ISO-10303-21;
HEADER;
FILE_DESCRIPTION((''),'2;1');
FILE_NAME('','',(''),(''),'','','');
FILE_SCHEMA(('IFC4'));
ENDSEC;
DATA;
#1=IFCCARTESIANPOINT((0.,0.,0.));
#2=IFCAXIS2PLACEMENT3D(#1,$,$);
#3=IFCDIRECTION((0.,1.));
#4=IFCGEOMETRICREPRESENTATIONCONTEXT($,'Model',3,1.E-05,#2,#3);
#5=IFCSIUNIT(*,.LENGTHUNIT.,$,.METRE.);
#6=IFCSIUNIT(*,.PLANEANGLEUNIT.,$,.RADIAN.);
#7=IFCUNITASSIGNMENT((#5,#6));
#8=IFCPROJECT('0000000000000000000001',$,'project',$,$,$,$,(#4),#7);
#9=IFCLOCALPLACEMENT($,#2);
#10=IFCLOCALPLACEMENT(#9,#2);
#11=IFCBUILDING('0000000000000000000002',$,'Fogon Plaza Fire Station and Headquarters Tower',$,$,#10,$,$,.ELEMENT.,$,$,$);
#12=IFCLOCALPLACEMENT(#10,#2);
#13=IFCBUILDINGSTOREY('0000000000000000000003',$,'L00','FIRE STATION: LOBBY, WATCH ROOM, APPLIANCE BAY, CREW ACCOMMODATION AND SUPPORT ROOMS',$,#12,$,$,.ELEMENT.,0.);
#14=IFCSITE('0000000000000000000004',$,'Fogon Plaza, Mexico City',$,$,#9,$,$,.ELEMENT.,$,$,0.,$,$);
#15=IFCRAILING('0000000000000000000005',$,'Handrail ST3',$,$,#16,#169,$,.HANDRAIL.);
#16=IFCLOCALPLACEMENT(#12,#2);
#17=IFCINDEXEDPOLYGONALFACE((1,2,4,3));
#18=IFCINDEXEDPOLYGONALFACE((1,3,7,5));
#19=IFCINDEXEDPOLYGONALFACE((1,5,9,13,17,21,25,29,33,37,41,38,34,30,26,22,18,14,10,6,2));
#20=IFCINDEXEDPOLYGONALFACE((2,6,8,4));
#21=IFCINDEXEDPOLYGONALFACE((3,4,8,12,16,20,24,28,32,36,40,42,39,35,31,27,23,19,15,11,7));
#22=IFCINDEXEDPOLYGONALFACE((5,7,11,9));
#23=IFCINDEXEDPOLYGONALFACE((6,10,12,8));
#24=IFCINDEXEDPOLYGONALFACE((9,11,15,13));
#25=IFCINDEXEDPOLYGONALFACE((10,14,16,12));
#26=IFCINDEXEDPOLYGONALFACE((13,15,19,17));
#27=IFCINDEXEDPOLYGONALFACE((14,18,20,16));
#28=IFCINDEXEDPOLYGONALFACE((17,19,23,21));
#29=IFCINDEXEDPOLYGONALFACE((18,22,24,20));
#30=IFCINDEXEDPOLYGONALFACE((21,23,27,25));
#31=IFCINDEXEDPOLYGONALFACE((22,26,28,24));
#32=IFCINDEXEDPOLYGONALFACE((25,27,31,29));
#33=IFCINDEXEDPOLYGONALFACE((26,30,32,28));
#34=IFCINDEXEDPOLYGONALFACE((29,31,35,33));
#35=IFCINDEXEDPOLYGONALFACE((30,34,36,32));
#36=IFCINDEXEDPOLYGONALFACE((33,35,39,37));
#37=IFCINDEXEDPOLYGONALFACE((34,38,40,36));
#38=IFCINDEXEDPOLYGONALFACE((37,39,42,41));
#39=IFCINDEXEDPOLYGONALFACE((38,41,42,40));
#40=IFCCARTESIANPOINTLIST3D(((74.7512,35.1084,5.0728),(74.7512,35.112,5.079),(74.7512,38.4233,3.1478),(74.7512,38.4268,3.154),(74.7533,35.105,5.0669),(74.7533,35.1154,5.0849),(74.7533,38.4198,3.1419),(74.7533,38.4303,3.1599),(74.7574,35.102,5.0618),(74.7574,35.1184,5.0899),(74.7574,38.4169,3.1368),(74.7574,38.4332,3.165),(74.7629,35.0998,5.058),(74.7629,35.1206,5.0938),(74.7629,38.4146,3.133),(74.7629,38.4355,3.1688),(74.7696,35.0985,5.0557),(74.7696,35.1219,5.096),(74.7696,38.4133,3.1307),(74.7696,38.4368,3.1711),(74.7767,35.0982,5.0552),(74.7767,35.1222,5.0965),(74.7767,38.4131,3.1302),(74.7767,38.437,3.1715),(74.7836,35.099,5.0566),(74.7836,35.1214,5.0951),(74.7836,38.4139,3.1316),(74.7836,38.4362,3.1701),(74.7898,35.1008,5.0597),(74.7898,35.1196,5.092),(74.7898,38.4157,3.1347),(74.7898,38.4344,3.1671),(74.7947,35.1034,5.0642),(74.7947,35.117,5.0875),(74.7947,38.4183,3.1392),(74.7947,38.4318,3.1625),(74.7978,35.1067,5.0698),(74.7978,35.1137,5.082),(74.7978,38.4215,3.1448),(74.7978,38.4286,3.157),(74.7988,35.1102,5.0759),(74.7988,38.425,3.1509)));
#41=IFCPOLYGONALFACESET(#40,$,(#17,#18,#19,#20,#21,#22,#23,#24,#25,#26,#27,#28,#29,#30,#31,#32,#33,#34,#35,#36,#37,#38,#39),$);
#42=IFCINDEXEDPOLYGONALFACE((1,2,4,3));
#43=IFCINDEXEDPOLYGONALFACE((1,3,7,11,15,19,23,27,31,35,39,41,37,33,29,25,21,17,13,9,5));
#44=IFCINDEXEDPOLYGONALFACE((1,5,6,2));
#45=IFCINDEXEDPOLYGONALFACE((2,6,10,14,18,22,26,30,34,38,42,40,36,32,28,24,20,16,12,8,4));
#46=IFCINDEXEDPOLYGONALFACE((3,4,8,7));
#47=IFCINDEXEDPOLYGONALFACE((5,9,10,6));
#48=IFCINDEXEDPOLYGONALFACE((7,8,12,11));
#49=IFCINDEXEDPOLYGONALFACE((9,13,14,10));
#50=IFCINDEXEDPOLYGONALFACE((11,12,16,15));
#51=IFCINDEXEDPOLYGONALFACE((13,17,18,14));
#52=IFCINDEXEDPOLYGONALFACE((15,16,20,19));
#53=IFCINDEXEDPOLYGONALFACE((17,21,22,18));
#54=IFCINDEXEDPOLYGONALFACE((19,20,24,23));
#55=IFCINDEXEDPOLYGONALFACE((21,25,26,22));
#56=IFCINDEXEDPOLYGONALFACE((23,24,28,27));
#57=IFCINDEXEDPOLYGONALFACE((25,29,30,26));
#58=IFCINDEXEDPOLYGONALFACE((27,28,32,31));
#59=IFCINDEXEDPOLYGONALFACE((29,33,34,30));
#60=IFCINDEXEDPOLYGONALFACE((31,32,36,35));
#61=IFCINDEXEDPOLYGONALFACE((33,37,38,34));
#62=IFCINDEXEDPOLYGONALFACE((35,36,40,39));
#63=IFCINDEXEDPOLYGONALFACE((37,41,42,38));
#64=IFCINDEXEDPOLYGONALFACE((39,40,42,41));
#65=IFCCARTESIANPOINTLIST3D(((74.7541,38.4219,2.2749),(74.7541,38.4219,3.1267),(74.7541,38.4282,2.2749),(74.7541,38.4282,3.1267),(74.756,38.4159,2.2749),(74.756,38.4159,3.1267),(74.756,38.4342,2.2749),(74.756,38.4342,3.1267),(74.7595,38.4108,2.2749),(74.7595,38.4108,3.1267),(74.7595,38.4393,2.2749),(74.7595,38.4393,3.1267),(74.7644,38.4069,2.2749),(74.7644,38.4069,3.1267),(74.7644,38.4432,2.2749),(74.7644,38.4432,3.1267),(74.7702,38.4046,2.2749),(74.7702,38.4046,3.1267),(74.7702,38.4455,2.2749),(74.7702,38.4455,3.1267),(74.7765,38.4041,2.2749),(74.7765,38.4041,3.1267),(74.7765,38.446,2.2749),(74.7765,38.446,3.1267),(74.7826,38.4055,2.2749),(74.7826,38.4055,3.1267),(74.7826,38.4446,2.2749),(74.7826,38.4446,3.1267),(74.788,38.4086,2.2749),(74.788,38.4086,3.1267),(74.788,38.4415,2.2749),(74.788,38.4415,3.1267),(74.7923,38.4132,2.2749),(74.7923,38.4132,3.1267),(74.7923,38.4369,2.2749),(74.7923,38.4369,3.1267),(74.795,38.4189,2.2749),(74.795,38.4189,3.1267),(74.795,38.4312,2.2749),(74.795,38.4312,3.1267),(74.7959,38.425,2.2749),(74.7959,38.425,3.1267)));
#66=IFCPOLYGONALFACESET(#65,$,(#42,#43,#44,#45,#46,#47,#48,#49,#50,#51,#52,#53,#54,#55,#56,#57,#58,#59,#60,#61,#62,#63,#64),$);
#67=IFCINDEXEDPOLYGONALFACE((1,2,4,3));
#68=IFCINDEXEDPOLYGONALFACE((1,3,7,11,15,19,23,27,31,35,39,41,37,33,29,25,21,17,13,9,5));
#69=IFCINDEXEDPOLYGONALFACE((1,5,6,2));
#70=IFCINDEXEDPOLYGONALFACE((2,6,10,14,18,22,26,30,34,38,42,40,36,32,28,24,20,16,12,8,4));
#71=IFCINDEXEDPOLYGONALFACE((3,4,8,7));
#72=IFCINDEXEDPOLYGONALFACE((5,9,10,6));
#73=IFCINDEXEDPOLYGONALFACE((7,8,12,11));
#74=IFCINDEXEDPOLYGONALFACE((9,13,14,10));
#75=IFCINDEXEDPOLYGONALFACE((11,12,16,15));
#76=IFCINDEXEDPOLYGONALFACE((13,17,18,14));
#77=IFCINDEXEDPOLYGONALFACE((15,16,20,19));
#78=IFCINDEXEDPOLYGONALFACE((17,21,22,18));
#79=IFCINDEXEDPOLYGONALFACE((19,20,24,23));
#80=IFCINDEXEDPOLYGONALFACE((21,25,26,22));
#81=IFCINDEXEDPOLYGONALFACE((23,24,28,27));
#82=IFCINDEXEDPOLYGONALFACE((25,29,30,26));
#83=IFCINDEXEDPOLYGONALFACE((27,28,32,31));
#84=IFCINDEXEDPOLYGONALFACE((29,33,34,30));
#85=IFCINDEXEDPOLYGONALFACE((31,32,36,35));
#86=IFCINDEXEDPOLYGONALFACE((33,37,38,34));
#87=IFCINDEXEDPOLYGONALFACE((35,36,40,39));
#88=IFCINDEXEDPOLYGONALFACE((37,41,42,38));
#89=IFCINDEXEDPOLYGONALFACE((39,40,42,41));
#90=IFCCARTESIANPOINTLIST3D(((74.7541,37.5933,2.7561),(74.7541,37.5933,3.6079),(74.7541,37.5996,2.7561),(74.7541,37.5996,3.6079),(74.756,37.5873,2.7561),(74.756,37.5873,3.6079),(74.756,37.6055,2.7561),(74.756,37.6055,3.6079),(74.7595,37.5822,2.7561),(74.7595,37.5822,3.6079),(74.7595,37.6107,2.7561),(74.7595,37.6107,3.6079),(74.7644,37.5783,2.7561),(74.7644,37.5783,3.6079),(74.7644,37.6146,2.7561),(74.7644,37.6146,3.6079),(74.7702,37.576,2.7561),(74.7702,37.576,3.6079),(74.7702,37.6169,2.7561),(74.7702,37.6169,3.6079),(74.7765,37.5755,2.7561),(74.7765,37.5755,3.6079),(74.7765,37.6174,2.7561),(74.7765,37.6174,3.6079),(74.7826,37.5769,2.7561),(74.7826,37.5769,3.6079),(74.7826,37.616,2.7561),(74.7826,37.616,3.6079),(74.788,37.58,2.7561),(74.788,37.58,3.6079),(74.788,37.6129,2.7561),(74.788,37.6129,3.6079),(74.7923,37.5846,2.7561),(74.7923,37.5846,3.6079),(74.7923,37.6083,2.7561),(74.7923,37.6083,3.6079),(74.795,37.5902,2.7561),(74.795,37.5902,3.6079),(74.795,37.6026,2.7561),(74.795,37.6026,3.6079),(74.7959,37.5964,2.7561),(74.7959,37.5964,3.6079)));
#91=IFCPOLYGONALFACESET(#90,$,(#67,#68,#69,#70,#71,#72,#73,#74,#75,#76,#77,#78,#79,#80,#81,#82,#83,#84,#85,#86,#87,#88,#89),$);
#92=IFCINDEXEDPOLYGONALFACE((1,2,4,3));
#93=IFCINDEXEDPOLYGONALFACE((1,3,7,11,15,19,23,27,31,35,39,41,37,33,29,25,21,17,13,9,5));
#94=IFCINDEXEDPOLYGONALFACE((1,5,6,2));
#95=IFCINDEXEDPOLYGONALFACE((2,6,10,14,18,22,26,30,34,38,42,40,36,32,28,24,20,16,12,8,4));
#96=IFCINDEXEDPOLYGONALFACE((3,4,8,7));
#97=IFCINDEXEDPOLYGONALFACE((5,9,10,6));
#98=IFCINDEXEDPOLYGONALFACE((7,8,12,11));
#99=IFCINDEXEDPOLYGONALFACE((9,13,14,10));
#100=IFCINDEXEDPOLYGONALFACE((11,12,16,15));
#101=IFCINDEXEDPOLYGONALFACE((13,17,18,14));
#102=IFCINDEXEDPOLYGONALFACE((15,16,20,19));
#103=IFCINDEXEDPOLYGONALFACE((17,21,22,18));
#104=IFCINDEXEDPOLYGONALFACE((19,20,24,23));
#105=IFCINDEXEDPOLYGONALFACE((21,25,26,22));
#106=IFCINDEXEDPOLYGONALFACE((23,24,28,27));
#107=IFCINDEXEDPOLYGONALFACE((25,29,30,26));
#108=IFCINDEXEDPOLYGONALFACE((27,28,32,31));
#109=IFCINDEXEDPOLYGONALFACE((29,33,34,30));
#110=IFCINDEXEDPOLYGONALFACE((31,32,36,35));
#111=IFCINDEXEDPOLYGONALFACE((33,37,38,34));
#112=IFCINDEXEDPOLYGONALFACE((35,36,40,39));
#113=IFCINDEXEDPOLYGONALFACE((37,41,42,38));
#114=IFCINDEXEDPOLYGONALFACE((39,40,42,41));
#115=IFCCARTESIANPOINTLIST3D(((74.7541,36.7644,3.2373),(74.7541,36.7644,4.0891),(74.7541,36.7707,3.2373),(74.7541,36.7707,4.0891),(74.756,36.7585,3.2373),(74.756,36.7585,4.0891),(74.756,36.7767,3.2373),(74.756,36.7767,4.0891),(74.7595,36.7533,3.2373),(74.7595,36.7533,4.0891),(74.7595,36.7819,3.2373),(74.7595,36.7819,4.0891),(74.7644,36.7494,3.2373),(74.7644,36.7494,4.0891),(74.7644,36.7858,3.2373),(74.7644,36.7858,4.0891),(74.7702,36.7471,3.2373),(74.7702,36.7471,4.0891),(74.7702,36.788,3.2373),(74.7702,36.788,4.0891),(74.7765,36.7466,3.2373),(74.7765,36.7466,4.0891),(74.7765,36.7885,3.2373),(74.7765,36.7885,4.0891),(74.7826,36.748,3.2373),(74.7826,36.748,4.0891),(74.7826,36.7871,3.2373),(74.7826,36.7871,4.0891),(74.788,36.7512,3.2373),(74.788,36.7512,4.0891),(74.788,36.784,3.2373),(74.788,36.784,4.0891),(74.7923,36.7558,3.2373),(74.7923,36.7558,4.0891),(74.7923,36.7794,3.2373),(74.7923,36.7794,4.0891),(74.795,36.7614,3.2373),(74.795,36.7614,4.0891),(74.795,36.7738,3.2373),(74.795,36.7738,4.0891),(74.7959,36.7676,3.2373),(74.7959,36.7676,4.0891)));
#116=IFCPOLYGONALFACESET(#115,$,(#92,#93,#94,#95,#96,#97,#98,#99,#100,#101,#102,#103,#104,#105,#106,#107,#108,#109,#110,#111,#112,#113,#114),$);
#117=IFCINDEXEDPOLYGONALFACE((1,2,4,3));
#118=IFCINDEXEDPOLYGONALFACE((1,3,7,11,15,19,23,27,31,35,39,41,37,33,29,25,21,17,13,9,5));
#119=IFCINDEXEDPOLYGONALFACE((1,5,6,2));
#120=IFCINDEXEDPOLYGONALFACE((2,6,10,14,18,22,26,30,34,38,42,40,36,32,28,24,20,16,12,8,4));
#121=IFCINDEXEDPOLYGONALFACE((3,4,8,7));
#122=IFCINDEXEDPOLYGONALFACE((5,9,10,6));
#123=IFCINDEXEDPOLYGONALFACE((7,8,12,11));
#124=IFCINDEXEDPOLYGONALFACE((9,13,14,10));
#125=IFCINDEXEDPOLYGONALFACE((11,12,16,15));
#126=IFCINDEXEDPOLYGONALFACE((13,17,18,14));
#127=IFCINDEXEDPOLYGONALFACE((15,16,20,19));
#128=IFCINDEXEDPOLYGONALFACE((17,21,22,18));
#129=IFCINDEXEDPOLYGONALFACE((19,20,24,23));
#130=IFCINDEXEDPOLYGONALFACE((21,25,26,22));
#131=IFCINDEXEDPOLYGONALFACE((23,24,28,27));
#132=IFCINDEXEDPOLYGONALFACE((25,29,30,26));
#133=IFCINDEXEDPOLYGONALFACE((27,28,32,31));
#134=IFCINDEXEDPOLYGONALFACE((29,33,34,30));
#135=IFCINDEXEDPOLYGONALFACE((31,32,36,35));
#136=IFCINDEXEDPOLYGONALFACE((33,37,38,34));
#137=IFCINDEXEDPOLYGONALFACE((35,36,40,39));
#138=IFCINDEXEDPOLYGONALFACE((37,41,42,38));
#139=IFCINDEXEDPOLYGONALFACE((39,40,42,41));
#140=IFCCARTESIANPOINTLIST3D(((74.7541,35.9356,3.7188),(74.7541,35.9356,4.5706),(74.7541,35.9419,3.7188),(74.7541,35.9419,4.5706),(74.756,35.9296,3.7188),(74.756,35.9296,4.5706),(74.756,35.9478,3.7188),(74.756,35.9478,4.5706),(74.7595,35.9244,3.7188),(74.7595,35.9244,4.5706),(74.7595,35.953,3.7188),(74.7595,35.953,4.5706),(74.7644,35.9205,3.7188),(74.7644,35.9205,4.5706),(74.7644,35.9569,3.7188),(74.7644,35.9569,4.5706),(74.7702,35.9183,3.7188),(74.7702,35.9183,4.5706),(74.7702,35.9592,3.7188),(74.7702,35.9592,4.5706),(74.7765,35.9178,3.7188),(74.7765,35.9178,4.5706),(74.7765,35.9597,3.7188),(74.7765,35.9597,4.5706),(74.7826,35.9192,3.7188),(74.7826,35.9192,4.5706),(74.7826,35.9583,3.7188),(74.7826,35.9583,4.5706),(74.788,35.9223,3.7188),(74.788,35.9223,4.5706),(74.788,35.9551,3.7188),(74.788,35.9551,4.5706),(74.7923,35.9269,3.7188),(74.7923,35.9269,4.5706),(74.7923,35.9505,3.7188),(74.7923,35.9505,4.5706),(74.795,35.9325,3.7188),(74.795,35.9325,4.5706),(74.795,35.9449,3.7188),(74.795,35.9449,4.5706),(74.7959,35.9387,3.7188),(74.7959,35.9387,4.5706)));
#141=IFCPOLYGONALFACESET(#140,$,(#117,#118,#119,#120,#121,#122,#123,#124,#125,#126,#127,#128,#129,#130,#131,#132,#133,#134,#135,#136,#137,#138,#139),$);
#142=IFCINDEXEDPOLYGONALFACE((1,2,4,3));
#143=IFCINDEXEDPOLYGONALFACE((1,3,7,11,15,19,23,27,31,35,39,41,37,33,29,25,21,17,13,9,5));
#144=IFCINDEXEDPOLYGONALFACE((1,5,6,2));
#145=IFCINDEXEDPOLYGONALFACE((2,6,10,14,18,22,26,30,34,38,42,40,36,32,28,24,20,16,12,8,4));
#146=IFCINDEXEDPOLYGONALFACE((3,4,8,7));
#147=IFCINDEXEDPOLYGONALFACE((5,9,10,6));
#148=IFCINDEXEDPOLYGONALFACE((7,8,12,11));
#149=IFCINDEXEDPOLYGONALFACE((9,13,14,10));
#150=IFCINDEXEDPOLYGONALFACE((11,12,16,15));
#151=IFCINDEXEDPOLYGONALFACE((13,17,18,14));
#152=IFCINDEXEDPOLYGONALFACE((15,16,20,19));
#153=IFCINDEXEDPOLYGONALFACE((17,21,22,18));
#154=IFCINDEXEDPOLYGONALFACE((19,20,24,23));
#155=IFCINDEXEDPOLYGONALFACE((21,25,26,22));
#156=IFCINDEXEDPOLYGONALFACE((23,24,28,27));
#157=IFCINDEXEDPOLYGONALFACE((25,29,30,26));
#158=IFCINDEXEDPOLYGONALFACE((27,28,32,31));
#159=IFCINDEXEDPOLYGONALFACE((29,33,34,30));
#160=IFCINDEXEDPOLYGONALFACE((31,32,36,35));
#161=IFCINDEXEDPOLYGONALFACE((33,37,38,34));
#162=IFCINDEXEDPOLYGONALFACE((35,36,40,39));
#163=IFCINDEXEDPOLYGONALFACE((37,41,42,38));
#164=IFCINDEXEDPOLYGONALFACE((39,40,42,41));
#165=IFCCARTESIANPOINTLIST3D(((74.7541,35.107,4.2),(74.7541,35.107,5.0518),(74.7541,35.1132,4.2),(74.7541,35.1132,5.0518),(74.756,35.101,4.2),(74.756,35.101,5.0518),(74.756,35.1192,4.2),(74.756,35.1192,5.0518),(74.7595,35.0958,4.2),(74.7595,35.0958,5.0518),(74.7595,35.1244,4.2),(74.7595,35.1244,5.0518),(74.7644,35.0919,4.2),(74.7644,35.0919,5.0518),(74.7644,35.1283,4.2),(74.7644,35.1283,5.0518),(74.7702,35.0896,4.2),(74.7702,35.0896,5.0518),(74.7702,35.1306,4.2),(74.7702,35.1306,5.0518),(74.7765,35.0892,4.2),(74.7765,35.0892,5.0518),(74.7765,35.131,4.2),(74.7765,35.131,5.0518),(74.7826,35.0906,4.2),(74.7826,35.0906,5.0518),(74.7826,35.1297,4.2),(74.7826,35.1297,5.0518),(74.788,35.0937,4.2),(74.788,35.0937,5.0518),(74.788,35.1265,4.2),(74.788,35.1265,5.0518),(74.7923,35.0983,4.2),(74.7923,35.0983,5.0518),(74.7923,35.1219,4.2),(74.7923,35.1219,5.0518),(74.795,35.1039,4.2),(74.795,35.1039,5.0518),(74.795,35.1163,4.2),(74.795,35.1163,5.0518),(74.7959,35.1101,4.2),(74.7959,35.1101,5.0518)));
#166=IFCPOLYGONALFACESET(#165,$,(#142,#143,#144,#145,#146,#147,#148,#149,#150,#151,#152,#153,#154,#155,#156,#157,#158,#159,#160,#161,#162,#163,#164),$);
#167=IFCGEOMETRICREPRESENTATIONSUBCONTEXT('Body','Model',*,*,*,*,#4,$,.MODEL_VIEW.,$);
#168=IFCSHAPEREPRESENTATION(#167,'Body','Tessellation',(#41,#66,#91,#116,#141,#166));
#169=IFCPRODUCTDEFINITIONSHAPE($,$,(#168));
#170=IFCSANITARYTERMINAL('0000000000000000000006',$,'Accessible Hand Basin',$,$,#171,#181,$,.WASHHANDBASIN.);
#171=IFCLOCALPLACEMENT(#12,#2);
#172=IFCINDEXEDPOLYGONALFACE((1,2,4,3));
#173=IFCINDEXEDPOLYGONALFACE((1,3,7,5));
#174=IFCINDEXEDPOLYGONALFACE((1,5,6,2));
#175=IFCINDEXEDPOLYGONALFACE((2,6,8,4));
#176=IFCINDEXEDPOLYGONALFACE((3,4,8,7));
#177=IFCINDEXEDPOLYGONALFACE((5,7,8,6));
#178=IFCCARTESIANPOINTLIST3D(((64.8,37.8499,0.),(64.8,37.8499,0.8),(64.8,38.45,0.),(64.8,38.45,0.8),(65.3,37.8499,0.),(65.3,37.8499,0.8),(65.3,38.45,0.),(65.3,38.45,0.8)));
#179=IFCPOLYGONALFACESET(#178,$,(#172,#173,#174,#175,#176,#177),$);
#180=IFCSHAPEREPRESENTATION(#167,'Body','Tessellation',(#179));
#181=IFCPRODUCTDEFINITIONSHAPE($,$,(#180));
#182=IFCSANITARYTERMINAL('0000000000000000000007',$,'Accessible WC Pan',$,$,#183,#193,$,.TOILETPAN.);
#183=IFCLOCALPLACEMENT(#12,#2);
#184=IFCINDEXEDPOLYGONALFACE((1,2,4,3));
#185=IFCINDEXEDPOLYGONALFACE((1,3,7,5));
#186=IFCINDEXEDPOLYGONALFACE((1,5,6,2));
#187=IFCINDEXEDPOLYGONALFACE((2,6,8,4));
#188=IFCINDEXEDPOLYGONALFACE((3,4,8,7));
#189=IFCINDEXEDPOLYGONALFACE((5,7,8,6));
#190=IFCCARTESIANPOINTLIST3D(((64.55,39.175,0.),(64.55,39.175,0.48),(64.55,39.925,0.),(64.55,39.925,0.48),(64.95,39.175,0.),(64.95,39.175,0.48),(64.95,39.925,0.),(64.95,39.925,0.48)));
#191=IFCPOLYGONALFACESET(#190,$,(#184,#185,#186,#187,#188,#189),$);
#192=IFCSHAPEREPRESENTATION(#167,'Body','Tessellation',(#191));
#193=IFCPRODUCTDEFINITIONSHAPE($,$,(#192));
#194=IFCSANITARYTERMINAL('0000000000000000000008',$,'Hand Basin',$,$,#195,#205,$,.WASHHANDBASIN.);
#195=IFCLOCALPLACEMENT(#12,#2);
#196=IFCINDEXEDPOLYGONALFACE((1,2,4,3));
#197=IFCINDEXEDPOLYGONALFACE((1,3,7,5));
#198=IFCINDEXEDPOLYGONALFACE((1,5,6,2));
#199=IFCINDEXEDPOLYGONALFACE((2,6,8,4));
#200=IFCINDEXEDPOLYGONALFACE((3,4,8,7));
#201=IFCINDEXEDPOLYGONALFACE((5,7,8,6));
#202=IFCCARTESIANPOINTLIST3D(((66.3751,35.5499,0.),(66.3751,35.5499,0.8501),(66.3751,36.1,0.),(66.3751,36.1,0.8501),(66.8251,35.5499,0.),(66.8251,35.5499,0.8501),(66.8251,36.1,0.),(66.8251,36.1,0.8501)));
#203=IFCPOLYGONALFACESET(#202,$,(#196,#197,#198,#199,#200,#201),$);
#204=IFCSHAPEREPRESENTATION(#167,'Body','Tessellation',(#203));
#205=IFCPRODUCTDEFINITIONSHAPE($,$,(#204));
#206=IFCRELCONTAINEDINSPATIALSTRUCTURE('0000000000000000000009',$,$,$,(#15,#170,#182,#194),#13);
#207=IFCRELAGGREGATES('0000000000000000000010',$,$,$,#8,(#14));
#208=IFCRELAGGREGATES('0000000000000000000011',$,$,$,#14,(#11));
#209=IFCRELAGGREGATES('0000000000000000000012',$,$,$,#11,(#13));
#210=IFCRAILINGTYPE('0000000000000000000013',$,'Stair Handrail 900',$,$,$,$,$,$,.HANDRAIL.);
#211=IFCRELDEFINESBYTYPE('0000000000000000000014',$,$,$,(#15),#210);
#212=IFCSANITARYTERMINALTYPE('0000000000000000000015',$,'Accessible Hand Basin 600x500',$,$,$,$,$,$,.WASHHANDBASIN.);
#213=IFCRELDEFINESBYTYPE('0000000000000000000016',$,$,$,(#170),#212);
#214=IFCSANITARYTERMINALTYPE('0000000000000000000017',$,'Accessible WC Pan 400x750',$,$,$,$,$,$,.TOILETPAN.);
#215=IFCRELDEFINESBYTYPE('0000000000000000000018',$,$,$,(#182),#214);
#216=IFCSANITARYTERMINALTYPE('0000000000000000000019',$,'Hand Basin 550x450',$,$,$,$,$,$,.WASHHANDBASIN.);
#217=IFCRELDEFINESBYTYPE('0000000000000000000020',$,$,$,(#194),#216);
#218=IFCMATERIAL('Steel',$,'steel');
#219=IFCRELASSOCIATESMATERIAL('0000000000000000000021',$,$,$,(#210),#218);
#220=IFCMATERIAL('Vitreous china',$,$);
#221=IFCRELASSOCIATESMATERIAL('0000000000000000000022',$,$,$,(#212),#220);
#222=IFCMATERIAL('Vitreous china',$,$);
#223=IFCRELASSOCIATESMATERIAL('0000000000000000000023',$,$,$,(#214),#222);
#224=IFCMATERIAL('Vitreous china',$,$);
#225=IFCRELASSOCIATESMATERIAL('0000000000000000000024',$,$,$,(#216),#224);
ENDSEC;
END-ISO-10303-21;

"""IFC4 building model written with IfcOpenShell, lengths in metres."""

from ifc_helpers import new_model, si_unit, direction, frame, origin, origin_2d, place, context, subcontext, project, spatial, rectangle, circle, extrude, material, type_object, element, save


model = new_model("IFC4")

# Units and contexts
model_context = context("Model", 3, precision=1e-05, world=origin(), true_north=direction((0.0, 1.0)))
body_context = subcontext(model_context, "Body", "Model", "MODEL_VIEW")
ifc_project = project(units=[si_unit("LENGTHUNIT", "METRE"), si_unit("PLANEANGLEUNIT", "RADIAN")], contexts=[model_context])

# Site, building, storey
site_placement = place(None, origin())
site = spatial("IfcSite", under=ifc_project, at=site_placement, Name="Fogon Plaza, Mexico City", CompositionType="ELEMENT", RefElevation=0.0)
building_placement = place(site_placement, origin())
building = spatial("IfcBuilding", under=site, at=building_placement, Name="Fogon Plaza Fire Station and Headquarters Tower", CompositionType="ELEMENT")
storey_placement = place(building_placement, origin())
storey = spatial("IfcBuildingStorey", under=building, at=storey_placement, Name="L00", Description="FIRE STATION: LOBBY, WATCH ROOM, APPLIANCE BAY, CREW ACCOMMODATION AND SUPPORT ROOMS", CompositionType="ELEMENT", Elevation=0.0)

# Railing
ifc_material_1 = material(Name="Steel", Category="steel")
railing_type = type_object("IfcRailingType", Name="Stair Handrail 900", PredefinedType="HANDRAIL", material=ifc_material_1)
for number, where, name in (
    (1, (74.7749, 38.425, 2.2749), "Handrail ST3"),
):
    element("IfcRailing", number, at=place(storey_placement, frame(where)), inside=storey, type_object=railing_type, Name=name, PredefinedType="HANDRAIL", context=body_context, shape_type="SweptSolid", body=[
        extrude(circle(Radius=0.0239, at=origin_2d()), frame((0.0, 0.0, 0.876), z_axis=(0.0, -0.864761, 0.502183), x_axis=(1.0, 0.0, 0.0)), (0.0, 0.0, 1.0), 3.8333),
        extrude(circle(Radius=0.021, at=origin_2d()), origin(), (0.0, 0.0, 1.0), 0.8518),
        extrude(circle(Radius=0.021, at=origin_2d()), frame((0.0, -0.8286, 0.4812)), (0.0, 0.0, 1.0), 0.8518),
        extrude(circle(Radius=0.021, at=origin_2d()), frame((0.0, -1.6575, 0.9624)), (0.0, 0.0, 1.0), 0.8518),
        extrude(circle(Radius=0.021, at=origin_2d()), frame((0.0, -2.4863, 1.4438)), (0.0, 0.0, 1.0), 0.8518),
        extrude(circle(Radius=0.021, at=origin_2d()), frame((0.0, -3.3149, 1.925)), (0.0, 0.0, 1.0), 0.8518),
    ])

# Sanitary terminals
ifc_material_2 = material(Name="Vitreous china")
sanitary_terminal_type_1 = type_object("IfcSanitaryTerminalType", Name="Accessible Hand Basin 600x500", PredefinedType="WASHHANDBASIN", material=ifc_material_2)
sanitary_terminal_1_placement = place(storey_placement, frame((65.05, 38.1499, 0.0), z_axis=(0.0, 0.0, 1.0), x_axis=(1.0, 0.0, 0.0)))
element("IfcSanitaryTerminal", 2, at=sanitary_terminal_1_placement, inside=storey, type_object=sanitary_terminal_type_1, Name="Accessible Hand Basin", PredefinedType="WASHHANDBASIN", context=body_context, shape_type="SweptSolid", body=[
    extrude(rectangle(XDim=0.5, YDim=0.6001, at=origin_2d()), origin(), (0.0, 0.0, 1.0), 0.8),
])
ifc_material_3 = material(Name="Vitreous china")
sanitary_terminal_type_2 = type_object("IfcSanitaryTerminalType", Name="Accessible WC Pan 400x750", PredefinedType="TOILETPAN", material=ifc_material_3)
sanitary_terminal_2_placement = place(storey_placement, frame((64.75, 39.55, 0.0), z_axis=(0.0, 0.0, 1.0), x_axis=(1.0, 0.0, 0.0)))
element("IfcSanitaryTerminal", 3, at=sanitary_terminal_2_placement, inside=storey, type_object=sanitary_terminal_type_2, Name="Accessible WC Pan", PredefinedType="TOILETPAN", context=body_context, shape_type="SweptSolid", body=[
    extrude(rectangle(XDim=0.3999, YDim=0.75, at=origin_2d()), origin(), (0.0, 0.0, 1.0), 0.48),
])
ifc_material_4 = material(Name="Vitreous china")
sanitary_terminal_type_3 = type_object("IfcSanitaryTerminalType", Name="Hand Basin 550x450", PredefinedType="WASHHANDBASIN", material=ifc_material_4)
sanitary_terminal_3_placement = place(storey_placement, frame((66.6001, 35.825, 0.0), z_axis=(0.0, 0.0, 1.0), x_axis=(1.0, 0.0, 0.0)))
element("IfcSanitaryTerminal", 4, at=sanitary_terminal_3_placement, inside=storey, type_object=sanitary_terminal_type_3, Name="Hand Basin", PredefinedType="WASHHANDBASIN", context=body_context, shape_type="SweptSolid", body=[
    extrude(rectangle(XDim=0.45, YDim=0.55, at=origin_2d()), origin(), (0.0, 0.0, 1.0), 0.8501),
])

save(model, "model.ifc")
